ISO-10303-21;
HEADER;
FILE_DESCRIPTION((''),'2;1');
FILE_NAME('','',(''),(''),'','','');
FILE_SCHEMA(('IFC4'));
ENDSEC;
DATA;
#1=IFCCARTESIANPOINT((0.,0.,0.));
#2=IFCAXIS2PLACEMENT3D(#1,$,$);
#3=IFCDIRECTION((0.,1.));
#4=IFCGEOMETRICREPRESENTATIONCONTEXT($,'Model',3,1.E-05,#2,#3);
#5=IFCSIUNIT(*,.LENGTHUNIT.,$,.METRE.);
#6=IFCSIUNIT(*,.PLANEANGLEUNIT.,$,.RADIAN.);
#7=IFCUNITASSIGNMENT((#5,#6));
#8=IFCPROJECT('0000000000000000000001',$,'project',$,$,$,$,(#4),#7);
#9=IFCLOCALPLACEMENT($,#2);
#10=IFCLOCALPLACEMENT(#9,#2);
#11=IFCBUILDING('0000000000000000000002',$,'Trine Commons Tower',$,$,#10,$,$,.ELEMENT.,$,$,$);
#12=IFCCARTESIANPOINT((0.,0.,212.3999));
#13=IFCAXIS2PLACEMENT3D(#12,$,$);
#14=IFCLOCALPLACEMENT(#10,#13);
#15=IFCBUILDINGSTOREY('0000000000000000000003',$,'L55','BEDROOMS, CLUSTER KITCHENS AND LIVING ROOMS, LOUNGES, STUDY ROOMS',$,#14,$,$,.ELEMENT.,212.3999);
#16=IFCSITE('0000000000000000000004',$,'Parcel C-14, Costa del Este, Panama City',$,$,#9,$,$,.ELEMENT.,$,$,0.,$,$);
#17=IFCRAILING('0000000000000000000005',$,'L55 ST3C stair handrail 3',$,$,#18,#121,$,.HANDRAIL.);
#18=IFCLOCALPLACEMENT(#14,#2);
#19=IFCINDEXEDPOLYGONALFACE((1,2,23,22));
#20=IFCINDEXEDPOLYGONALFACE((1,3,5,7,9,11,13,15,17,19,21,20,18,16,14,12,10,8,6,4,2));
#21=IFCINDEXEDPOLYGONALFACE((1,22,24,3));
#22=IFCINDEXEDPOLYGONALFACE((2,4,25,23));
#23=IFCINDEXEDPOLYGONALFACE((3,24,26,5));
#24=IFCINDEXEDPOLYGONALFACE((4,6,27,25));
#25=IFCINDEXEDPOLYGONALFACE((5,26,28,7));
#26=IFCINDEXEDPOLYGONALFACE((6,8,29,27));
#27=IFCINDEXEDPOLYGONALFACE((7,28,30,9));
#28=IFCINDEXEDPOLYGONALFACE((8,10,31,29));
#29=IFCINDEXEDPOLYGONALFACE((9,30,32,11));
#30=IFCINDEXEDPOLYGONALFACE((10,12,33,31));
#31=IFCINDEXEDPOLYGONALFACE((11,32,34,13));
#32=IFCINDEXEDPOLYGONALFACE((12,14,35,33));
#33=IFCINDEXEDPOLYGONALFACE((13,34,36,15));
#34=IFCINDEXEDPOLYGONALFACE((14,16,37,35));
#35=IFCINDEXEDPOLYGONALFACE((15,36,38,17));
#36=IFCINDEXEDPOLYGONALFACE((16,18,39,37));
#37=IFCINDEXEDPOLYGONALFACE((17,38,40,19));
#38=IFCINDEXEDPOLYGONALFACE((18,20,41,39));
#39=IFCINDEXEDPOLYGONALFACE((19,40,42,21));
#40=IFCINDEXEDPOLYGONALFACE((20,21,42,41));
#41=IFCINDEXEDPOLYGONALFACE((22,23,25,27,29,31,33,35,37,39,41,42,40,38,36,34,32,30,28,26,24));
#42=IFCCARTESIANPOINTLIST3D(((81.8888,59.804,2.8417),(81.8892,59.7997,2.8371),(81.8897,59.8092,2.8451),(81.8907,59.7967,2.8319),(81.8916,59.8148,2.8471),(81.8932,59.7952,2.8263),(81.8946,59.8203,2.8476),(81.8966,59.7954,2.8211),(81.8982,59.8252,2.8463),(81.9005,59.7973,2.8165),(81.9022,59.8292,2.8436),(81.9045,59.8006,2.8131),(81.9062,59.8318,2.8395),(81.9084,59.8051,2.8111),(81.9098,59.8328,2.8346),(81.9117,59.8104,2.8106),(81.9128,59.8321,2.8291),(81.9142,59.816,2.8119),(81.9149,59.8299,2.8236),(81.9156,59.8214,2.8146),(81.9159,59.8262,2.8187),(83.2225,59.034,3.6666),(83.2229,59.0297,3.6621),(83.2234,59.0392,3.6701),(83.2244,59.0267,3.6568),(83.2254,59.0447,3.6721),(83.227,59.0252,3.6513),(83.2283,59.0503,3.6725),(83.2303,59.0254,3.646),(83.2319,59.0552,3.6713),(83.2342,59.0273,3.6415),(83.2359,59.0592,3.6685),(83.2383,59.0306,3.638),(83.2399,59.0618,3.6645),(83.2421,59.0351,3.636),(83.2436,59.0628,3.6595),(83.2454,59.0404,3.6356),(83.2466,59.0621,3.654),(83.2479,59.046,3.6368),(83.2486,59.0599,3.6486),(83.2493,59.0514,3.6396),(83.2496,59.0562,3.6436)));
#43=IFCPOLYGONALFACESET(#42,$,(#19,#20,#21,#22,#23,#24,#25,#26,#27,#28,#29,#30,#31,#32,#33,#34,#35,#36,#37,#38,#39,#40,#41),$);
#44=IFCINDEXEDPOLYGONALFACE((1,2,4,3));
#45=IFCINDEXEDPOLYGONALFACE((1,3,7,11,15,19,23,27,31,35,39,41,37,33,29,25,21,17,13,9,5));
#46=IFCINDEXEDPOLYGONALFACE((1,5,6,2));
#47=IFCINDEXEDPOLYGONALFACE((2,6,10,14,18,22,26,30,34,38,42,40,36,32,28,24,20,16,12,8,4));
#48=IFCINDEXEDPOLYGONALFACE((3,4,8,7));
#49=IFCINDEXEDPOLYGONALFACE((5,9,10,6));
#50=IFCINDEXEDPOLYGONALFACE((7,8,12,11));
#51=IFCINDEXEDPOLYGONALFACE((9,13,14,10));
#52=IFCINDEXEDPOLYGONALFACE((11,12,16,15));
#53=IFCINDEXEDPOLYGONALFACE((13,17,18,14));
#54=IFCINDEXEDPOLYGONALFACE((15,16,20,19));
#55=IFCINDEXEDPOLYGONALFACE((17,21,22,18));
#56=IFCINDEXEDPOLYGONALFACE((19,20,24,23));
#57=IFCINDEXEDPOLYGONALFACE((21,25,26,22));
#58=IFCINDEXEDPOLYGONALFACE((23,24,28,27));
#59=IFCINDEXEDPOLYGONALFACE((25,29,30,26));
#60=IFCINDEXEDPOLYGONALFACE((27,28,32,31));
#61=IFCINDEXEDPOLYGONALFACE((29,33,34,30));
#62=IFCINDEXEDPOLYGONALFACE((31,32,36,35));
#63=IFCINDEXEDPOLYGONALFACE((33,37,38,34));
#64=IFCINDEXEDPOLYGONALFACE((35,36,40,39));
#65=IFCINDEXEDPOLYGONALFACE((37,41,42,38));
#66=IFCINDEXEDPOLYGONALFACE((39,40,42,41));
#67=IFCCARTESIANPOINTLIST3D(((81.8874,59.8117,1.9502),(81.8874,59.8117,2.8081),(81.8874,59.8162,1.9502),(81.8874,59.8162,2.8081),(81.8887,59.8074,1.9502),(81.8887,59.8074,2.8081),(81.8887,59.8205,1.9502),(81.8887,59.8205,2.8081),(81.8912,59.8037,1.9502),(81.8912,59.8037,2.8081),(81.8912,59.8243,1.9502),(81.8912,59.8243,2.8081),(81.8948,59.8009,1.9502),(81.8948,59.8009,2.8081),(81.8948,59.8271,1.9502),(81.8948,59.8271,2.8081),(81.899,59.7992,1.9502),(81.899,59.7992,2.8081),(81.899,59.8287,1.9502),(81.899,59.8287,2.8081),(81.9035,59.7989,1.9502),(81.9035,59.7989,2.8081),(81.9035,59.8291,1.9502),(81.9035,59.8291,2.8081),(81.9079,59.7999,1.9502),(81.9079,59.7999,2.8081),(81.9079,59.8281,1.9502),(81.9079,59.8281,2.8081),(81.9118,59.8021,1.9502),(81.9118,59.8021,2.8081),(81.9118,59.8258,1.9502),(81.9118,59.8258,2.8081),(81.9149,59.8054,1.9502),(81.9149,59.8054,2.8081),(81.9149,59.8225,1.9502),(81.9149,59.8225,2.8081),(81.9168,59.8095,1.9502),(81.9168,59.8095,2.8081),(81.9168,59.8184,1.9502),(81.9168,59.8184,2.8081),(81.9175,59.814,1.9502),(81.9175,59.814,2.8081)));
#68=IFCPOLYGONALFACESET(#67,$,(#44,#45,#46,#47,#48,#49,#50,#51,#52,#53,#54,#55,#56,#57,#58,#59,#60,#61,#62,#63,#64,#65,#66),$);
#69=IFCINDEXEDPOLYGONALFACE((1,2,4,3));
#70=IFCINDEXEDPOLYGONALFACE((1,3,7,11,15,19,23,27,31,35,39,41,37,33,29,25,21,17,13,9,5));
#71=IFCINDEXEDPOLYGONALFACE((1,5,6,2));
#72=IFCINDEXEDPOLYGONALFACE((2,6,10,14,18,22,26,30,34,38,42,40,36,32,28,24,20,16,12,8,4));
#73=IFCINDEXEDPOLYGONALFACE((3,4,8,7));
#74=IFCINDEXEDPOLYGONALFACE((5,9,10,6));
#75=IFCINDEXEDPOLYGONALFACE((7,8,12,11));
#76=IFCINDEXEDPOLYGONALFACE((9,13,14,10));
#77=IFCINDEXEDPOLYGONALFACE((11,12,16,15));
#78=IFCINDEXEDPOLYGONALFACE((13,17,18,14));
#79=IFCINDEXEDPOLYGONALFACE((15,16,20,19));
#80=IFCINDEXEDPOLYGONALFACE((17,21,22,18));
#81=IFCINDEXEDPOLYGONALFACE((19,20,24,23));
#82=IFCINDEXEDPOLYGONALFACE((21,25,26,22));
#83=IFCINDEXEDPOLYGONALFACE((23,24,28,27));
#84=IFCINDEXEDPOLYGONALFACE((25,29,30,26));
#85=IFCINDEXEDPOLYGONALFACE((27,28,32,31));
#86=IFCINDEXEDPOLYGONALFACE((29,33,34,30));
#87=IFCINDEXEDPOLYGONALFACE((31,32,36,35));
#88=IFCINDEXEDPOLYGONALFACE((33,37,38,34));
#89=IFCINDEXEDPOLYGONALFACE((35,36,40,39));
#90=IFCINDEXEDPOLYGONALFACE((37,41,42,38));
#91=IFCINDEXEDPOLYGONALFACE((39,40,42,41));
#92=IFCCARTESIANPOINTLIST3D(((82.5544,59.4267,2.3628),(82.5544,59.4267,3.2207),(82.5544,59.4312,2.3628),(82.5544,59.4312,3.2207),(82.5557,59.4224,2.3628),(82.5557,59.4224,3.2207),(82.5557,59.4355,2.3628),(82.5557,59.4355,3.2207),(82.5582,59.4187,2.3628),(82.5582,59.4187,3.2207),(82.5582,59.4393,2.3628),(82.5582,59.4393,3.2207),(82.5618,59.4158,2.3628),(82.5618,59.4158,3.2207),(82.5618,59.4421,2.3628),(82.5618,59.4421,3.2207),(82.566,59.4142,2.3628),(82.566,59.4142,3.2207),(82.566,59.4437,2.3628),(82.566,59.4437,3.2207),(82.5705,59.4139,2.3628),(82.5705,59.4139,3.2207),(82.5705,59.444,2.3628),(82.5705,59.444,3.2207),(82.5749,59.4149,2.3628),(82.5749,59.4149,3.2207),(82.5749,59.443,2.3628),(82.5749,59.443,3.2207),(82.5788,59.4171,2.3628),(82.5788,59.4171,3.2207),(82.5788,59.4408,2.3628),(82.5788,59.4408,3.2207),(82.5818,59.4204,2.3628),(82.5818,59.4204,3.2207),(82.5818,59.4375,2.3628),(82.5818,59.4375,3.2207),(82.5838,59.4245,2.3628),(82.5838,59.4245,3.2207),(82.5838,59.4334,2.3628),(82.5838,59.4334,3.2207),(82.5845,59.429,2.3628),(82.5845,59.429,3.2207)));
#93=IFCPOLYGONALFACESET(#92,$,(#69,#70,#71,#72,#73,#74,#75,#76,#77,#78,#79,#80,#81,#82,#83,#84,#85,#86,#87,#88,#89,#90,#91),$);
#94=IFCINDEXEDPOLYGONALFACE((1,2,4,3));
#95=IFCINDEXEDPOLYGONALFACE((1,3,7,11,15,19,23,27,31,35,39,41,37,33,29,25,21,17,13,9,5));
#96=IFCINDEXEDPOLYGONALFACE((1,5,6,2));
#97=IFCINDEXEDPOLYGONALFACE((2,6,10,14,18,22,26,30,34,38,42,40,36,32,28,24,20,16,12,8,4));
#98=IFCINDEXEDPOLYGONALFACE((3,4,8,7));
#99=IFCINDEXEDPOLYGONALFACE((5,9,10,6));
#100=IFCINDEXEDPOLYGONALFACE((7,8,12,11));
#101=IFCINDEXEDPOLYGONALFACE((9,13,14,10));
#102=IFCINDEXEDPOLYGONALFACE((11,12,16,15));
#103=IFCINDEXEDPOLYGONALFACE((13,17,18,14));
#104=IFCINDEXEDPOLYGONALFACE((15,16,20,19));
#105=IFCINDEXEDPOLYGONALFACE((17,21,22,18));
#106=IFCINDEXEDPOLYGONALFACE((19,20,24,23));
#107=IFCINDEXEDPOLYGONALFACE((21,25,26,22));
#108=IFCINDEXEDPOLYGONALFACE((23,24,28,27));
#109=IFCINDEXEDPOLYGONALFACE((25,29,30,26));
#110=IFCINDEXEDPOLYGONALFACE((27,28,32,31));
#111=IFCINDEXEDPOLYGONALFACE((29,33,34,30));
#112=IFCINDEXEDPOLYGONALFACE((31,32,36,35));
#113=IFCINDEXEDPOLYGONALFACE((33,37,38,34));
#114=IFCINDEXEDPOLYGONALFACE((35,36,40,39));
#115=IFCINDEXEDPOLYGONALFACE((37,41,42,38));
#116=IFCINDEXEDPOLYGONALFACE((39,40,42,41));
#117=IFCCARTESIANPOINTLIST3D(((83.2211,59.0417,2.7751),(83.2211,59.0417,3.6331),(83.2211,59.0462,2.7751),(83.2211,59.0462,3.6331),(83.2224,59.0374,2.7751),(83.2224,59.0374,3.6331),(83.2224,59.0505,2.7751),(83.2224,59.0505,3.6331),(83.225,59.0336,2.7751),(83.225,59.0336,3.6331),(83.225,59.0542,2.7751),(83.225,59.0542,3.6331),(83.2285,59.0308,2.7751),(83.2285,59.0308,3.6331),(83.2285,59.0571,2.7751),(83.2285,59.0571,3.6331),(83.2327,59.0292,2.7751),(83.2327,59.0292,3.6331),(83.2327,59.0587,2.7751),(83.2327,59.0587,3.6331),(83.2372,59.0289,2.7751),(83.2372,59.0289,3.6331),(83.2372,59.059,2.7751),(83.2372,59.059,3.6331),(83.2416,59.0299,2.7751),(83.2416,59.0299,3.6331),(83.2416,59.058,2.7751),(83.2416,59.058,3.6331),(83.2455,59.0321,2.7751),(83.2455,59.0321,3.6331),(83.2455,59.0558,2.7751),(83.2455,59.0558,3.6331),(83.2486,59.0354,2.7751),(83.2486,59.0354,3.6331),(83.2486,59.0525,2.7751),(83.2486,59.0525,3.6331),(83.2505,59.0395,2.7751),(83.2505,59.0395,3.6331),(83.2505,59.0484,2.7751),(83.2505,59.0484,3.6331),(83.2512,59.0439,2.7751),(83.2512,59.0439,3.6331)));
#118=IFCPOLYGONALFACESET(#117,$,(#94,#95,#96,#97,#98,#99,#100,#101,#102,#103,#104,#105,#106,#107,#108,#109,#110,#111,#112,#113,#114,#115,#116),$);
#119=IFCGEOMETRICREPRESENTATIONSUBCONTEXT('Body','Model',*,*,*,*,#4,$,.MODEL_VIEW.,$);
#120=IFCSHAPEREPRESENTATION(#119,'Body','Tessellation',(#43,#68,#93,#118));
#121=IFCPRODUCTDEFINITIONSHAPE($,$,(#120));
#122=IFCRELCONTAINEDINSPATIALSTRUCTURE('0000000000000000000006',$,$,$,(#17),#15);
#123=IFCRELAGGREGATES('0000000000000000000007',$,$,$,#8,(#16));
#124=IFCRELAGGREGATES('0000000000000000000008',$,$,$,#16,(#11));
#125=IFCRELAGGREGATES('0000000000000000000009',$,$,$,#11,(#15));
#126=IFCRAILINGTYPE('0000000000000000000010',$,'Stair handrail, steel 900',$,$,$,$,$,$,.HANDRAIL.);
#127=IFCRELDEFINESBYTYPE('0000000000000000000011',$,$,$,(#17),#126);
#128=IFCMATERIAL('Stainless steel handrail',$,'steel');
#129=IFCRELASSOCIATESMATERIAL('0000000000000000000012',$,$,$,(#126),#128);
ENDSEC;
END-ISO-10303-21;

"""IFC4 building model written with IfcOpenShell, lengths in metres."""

from ifc_helpers import new_model, si_unit, direction, frame, origin, origin_2d, place, context, subcontext, project, spatial, circle, extrude, material, type_object, element, save


model = new_model("IFC4")

# Units and contexts
model_context = context("Model", 3, precision=1e-05, world=origin(), true_north=direction((0.0, 1.0)))
body_context = subcontext(model_context, "Body", "Model", "MODEL_VIEW")
ifc_project = project(units=[si_unit("LENGTHUNIT", "METRE"), si_unit("PLANEANGLEUNIT", "RADIAN")], contexts=[model_context])

# Site, building, storey
site_placement = place(None, origin())
site = spatial("IfcSite", under=ifc_project, at=site_placement, Name="Parcel C-14, Costa del Este, Panama City", CompositionType="ELEMENT", RefElevation=0.0)
building_placement = place(site_placement, origin())
building = spatial("IfcBuilding", under=site, at=building_placement, Name="Trine Commons Tower", CompositionType="ELEMENT")
storey_placement = place(building_placement, frame((0.0, 0.0, 212.3999)))
storey = spatial("IfcBuildingStorey", under=building, at=storey_placement, Name="L55", Description="BEDROOMS, CLUSTER KITCHENS AND LIVING ROOMS, LOUNGES, STUDY ROOMS", CompositionType="ELEMENT", Elevation=212.3999)

# Railing
ifc_material_1 = material(Name="Stainless steel handrail", Category="steel")
railing_type_1 = type_object("IfcRailingType", Name="Stair handrail, steel 900", PredefinedType="HANDRAIL", material=ifc_material_1)
for number, where, name in (
    (1, (81.9023, 59.814, 1.9502), "L55 ST3C stair handrail 3"),
):
    element("IfcRailing", number, at=place(storey_placement, frame(where)), inside=storey, type_object=railing_type_1, Name=name, PredefinedType="HANDRAIL", context=body_context, shape_type="SweptSolid", body=[
        extrude(circle(Radius=0.021, at=origin_2d()), frame((0.0, 0.0, 0.8789), z_axis=(0.763405, -0.440743, 0.472185), x_axis=(0.499992, 0.86603, 0.0)), (0.0, 0.0, 1.0), 1.7471),
        extrude(circle(Radius=0.0151, at=origin_2d()), origin(), (0.0, 0.0, 1.0), 0.8579),
        extrude(circle(Radius=0.0151, at=origin_2d()), frame((0.667, -0.385, 0.4126)), (0.0, 0.0, 1.0), 0.8579),
        extrude(circle(Radius=0.0151, at=origin_2d()), frame((1.3337, -0.77, 0.825)), (0.0, 0.0, 1.0), 0.8579),
    ])

save(model, "model.ifc")
